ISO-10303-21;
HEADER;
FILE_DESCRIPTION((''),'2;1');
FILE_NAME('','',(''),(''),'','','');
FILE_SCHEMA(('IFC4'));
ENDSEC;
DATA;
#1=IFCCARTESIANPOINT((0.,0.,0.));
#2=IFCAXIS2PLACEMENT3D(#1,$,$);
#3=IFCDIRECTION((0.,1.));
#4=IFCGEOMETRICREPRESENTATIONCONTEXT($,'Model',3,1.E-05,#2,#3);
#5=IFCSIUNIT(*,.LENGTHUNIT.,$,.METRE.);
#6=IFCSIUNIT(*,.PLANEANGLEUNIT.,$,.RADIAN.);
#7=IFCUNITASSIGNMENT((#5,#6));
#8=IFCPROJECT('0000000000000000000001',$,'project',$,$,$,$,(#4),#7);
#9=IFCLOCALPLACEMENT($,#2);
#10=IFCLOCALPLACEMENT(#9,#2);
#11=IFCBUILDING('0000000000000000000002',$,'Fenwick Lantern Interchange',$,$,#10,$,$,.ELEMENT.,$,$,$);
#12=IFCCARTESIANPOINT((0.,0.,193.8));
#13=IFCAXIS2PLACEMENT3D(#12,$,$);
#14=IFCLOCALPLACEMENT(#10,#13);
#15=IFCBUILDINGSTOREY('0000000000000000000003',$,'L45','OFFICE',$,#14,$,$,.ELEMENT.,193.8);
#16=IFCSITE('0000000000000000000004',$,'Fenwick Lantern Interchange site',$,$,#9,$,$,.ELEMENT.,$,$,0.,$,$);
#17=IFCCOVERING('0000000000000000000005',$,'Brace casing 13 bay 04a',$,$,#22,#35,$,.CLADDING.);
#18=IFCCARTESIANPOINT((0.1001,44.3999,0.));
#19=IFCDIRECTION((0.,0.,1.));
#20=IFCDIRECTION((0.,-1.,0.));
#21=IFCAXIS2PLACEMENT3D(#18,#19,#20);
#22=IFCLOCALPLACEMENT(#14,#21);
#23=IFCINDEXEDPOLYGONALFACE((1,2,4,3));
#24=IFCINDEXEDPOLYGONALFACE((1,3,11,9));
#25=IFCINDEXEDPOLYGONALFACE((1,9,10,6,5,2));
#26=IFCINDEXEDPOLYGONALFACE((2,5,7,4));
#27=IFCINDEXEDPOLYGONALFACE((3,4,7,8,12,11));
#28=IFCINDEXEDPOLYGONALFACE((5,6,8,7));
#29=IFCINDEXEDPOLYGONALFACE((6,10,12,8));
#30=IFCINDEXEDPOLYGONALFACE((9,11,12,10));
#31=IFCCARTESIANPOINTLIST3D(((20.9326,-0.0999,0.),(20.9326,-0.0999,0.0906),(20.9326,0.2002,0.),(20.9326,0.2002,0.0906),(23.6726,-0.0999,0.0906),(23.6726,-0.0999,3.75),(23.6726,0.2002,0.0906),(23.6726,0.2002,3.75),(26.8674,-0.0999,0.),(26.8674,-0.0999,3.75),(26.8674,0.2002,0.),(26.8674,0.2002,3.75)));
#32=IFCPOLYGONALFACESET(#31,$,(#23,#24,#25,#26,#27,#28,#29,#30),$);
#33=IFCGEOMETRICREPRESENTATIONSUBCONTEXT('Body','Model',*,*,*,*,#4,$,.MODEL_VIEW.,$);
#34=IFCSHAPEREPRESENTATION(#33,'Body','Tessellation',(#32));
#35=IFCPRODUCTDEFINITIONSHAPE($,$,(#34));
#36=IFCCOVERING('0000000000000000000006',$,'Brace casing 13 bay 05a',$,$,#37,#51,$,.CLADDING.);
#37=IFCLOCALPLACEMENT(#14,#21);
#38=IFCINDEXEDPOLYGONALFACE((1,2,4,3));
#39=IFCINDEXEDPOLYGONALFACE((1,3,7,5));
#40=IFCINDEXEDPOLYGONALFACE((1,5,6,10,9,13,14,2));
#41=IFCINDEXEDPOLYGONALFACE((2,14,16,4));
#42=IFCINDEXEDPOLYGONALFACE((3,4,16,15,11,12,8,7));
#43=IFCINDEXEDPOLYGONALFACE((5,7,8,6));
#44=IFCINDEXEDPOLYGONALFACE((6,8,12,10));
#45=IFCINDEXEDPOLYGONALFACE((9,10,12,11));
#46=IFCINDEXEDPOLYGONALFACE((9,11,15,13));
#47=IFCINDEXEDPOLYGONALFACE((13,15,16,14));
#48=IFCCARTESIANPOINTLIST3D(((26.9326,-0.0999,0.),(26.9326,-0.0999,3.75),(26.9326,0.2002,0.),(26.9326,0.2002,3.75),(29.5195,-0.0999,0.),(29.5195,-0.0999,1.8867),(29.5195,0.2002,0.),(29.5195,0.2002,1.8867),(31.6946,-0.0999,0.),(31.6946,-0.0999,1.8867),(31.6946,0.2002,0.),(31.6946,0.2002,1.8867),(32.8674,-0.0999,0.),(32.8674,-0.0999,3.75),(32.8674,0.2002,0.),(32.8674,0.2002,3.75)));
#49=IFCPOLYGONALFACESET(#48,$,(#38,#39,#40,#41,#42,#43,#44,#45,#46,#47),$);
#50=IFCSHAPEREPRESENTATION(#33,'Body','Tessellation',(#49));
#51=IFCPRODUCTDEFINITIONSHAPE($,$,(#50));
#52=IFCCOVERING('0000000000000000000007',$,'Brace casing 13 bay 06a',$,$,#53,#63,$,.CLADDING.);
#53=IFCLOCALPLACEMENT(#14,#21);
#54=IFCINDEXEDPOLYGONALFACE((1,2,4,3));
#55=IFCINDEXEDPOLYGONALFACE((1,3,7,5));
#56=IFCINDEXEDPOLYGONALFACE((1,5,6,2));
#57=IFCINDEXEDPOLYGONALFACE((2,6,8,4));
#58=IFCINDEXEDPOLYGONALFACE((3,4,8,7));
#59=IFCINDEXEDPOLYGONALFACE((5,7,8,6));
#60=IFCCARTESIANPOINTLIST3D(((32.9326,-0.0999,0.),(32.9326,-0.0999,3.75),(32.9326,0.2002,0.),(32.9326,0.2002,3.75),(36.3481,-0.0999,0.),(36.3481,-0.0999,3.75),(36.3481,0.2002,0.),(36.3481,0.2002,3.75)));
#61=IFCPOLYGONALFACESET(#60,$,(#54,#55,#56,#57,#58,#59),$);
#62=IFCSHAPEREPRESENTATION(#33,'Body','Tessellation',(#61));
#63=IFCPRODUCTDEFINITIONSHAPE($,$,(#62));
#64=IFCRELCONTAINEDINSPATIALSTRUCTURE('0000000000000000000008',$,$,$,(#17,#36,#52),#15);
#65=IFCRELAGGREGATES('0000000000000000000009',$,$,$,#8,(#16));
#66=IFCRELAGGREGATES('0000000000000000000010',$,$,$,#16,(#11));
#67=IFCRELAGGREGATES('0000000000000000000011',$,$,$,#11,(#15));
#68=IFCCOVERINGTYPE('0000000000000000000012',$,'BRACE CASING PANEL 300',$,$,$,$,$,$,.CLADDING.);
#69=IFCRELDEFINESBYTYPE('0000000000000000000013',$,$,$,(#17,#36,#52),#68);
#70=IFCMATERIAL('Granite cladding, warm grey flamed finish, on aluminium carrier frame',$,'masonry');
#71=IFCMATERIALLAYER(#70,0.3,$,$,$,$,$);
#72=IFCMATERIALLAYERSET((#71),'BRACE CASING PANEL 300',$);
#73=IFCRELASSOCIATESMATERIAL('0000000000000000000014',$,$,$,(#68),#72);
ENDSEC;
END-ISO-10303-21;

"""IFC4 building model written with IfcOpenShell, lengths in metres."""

from ifc_helpers import new_model, si_unit, direction, frame, origin, place, context, subcontext, project, spatial, polyline, outline, extrude, material, layer, layer_set, type_object, element, save


model = new_model("IFC4")

# Units and contexts
model_context = context("Model", 3, precision=1e-05, world=origin(), true_north=direction((0.0, 1.0)))
body_context = subcontext(model_context, "Body", "Model", "MODEL_VIEW")
ifc_project = project(units=[si_unit("LENGTHUNIT", "METRE"), si_unit("PLANEANGLEUNIT", "RADIAN")], contexts=[model_context])

# Site, building, storey
site_placement = place(None, origin())
site = spatial("IfcSite", under=ifc_project, at=site_placement, Name="Fenwick Lantern Interchange site", CompositionType="ELEMENT", RefElevation=0.0)
building_placement = place(site_placement, origin())
building = spatial("IfcBuilding", under=site, at=building_placement, Name="Fenwick Lantern Interchange", CompositionType="ELEMENT")
storey_placement = place(building_placement, frame((0.0, 0.0, 193.8)))
storey = spatial("IfcBuildingStorey", under=building, at=storey_placement, Name="L45", Description="OFFICE", CompositionType="ELEMENT", Elevation=193.8)

# Coverings
ifc_material_1 = material(Name="Granite cladding, warm grey flamed finish, on aluminium carrier frame", Category="masonry")
ifc_layer_1 = layer(ifc_material_1, 0.3)
ifc_layer_set_1 = layer_set([ifc_layer_1], Name="BRACE CASING PANEL 300")
covering_type = type_object("IfcCoveringType", Name="BRACE CASING PANEL 300", PredefinedType="CLADDING", material=ifc_layer_set_1)
covering_1_placement = place(storey_placement, frame((0.1001, 44.3999, 0.0), z_axis=(0.0, 0.0, 1.0), x_axis=(0.0, -1.0, 0.0)))
element("IfcCovering", 1, at=covering_1_placement, inside=storey, type_object=covering_type, Name="Brace casing 13 bay 04a", PredefinedType="CLADDING", context=body_context, shape_type="SweptSolid", body=[
    extrude(outline(polyline([(20.9326, 0.0), (26.8674, 0.0), (26.8674, 3.75), (23.6726, 3.75), (23.6726, 0.0906), (20.9326, 0.0906), (20.9326, 0.0)])), frame((0.0, 0.2002, 0.0), z_axis=(0.0, -1.0, 0.0), x_axis=(1.0, 0.0, 0.0)), (0.0, 0.0, 1.0), 0.3),
])
covering_2_placement = place(storey_placement, frame((0.1001, 44.3999, 0.0), z_axis=(0.0, 0.0, 1.0), x_axis=(0.0, -1.0, 0.0)))
element("IfcCovering", 2, at=covering_2_placement, inside=storey, type_object=covering_type, Name="Brace casing 13 bay 05a", PredefinedType="CLADDING", context=body_context, shape_type="SweptSolid", body=[
    extrude(outline(polyline([(26.9326, 0.0), (29.5195, 0.0), (29.5195, 1.8867), (31.6946, 1.8867), (31.6946, 0.0), (32.8674, 0.0), (32.8674, 3.75), (26.9326, 3.75), (26.9326, 0.0)])), frame((0.0, 0.2002, 0.0), z_axis=(0.0, -1.0, 0.0), x_axis=(1.0, 0.0, 0.0)), (0.0, 0.0, 1.0), 0.3),
])
covering_3_placement = place(storey_placement, frame((0.1001, 44.3999, 0.0), z_axis=(0.0, 0.0, 1.0), x_axis=(0.0, -1.0, 0.0)))
element("IfcCovering", 3, at=covering_3_placement, inside=storey, type_object=covering_type, Name="Brace casing 13 bay 06a", PredefinedType="CLADDING", context=body_context, shape_type="SweptSolid", body=[
    extrude(outline(polyline([(32.9326, 0.0), (36.3481, 0.0), (36.3481, 3.75), (32.9326, 3.75), (32.9326, 0.0)])), frame((0.0, 0.2002, 0.0), z_axis=(0.0, -1.0, 0.0), x_axis=(1.0, 0.0, 0.0)), (0.0, 0.0, 1.0), 0.3),
])

save(model, "model.ifc")
